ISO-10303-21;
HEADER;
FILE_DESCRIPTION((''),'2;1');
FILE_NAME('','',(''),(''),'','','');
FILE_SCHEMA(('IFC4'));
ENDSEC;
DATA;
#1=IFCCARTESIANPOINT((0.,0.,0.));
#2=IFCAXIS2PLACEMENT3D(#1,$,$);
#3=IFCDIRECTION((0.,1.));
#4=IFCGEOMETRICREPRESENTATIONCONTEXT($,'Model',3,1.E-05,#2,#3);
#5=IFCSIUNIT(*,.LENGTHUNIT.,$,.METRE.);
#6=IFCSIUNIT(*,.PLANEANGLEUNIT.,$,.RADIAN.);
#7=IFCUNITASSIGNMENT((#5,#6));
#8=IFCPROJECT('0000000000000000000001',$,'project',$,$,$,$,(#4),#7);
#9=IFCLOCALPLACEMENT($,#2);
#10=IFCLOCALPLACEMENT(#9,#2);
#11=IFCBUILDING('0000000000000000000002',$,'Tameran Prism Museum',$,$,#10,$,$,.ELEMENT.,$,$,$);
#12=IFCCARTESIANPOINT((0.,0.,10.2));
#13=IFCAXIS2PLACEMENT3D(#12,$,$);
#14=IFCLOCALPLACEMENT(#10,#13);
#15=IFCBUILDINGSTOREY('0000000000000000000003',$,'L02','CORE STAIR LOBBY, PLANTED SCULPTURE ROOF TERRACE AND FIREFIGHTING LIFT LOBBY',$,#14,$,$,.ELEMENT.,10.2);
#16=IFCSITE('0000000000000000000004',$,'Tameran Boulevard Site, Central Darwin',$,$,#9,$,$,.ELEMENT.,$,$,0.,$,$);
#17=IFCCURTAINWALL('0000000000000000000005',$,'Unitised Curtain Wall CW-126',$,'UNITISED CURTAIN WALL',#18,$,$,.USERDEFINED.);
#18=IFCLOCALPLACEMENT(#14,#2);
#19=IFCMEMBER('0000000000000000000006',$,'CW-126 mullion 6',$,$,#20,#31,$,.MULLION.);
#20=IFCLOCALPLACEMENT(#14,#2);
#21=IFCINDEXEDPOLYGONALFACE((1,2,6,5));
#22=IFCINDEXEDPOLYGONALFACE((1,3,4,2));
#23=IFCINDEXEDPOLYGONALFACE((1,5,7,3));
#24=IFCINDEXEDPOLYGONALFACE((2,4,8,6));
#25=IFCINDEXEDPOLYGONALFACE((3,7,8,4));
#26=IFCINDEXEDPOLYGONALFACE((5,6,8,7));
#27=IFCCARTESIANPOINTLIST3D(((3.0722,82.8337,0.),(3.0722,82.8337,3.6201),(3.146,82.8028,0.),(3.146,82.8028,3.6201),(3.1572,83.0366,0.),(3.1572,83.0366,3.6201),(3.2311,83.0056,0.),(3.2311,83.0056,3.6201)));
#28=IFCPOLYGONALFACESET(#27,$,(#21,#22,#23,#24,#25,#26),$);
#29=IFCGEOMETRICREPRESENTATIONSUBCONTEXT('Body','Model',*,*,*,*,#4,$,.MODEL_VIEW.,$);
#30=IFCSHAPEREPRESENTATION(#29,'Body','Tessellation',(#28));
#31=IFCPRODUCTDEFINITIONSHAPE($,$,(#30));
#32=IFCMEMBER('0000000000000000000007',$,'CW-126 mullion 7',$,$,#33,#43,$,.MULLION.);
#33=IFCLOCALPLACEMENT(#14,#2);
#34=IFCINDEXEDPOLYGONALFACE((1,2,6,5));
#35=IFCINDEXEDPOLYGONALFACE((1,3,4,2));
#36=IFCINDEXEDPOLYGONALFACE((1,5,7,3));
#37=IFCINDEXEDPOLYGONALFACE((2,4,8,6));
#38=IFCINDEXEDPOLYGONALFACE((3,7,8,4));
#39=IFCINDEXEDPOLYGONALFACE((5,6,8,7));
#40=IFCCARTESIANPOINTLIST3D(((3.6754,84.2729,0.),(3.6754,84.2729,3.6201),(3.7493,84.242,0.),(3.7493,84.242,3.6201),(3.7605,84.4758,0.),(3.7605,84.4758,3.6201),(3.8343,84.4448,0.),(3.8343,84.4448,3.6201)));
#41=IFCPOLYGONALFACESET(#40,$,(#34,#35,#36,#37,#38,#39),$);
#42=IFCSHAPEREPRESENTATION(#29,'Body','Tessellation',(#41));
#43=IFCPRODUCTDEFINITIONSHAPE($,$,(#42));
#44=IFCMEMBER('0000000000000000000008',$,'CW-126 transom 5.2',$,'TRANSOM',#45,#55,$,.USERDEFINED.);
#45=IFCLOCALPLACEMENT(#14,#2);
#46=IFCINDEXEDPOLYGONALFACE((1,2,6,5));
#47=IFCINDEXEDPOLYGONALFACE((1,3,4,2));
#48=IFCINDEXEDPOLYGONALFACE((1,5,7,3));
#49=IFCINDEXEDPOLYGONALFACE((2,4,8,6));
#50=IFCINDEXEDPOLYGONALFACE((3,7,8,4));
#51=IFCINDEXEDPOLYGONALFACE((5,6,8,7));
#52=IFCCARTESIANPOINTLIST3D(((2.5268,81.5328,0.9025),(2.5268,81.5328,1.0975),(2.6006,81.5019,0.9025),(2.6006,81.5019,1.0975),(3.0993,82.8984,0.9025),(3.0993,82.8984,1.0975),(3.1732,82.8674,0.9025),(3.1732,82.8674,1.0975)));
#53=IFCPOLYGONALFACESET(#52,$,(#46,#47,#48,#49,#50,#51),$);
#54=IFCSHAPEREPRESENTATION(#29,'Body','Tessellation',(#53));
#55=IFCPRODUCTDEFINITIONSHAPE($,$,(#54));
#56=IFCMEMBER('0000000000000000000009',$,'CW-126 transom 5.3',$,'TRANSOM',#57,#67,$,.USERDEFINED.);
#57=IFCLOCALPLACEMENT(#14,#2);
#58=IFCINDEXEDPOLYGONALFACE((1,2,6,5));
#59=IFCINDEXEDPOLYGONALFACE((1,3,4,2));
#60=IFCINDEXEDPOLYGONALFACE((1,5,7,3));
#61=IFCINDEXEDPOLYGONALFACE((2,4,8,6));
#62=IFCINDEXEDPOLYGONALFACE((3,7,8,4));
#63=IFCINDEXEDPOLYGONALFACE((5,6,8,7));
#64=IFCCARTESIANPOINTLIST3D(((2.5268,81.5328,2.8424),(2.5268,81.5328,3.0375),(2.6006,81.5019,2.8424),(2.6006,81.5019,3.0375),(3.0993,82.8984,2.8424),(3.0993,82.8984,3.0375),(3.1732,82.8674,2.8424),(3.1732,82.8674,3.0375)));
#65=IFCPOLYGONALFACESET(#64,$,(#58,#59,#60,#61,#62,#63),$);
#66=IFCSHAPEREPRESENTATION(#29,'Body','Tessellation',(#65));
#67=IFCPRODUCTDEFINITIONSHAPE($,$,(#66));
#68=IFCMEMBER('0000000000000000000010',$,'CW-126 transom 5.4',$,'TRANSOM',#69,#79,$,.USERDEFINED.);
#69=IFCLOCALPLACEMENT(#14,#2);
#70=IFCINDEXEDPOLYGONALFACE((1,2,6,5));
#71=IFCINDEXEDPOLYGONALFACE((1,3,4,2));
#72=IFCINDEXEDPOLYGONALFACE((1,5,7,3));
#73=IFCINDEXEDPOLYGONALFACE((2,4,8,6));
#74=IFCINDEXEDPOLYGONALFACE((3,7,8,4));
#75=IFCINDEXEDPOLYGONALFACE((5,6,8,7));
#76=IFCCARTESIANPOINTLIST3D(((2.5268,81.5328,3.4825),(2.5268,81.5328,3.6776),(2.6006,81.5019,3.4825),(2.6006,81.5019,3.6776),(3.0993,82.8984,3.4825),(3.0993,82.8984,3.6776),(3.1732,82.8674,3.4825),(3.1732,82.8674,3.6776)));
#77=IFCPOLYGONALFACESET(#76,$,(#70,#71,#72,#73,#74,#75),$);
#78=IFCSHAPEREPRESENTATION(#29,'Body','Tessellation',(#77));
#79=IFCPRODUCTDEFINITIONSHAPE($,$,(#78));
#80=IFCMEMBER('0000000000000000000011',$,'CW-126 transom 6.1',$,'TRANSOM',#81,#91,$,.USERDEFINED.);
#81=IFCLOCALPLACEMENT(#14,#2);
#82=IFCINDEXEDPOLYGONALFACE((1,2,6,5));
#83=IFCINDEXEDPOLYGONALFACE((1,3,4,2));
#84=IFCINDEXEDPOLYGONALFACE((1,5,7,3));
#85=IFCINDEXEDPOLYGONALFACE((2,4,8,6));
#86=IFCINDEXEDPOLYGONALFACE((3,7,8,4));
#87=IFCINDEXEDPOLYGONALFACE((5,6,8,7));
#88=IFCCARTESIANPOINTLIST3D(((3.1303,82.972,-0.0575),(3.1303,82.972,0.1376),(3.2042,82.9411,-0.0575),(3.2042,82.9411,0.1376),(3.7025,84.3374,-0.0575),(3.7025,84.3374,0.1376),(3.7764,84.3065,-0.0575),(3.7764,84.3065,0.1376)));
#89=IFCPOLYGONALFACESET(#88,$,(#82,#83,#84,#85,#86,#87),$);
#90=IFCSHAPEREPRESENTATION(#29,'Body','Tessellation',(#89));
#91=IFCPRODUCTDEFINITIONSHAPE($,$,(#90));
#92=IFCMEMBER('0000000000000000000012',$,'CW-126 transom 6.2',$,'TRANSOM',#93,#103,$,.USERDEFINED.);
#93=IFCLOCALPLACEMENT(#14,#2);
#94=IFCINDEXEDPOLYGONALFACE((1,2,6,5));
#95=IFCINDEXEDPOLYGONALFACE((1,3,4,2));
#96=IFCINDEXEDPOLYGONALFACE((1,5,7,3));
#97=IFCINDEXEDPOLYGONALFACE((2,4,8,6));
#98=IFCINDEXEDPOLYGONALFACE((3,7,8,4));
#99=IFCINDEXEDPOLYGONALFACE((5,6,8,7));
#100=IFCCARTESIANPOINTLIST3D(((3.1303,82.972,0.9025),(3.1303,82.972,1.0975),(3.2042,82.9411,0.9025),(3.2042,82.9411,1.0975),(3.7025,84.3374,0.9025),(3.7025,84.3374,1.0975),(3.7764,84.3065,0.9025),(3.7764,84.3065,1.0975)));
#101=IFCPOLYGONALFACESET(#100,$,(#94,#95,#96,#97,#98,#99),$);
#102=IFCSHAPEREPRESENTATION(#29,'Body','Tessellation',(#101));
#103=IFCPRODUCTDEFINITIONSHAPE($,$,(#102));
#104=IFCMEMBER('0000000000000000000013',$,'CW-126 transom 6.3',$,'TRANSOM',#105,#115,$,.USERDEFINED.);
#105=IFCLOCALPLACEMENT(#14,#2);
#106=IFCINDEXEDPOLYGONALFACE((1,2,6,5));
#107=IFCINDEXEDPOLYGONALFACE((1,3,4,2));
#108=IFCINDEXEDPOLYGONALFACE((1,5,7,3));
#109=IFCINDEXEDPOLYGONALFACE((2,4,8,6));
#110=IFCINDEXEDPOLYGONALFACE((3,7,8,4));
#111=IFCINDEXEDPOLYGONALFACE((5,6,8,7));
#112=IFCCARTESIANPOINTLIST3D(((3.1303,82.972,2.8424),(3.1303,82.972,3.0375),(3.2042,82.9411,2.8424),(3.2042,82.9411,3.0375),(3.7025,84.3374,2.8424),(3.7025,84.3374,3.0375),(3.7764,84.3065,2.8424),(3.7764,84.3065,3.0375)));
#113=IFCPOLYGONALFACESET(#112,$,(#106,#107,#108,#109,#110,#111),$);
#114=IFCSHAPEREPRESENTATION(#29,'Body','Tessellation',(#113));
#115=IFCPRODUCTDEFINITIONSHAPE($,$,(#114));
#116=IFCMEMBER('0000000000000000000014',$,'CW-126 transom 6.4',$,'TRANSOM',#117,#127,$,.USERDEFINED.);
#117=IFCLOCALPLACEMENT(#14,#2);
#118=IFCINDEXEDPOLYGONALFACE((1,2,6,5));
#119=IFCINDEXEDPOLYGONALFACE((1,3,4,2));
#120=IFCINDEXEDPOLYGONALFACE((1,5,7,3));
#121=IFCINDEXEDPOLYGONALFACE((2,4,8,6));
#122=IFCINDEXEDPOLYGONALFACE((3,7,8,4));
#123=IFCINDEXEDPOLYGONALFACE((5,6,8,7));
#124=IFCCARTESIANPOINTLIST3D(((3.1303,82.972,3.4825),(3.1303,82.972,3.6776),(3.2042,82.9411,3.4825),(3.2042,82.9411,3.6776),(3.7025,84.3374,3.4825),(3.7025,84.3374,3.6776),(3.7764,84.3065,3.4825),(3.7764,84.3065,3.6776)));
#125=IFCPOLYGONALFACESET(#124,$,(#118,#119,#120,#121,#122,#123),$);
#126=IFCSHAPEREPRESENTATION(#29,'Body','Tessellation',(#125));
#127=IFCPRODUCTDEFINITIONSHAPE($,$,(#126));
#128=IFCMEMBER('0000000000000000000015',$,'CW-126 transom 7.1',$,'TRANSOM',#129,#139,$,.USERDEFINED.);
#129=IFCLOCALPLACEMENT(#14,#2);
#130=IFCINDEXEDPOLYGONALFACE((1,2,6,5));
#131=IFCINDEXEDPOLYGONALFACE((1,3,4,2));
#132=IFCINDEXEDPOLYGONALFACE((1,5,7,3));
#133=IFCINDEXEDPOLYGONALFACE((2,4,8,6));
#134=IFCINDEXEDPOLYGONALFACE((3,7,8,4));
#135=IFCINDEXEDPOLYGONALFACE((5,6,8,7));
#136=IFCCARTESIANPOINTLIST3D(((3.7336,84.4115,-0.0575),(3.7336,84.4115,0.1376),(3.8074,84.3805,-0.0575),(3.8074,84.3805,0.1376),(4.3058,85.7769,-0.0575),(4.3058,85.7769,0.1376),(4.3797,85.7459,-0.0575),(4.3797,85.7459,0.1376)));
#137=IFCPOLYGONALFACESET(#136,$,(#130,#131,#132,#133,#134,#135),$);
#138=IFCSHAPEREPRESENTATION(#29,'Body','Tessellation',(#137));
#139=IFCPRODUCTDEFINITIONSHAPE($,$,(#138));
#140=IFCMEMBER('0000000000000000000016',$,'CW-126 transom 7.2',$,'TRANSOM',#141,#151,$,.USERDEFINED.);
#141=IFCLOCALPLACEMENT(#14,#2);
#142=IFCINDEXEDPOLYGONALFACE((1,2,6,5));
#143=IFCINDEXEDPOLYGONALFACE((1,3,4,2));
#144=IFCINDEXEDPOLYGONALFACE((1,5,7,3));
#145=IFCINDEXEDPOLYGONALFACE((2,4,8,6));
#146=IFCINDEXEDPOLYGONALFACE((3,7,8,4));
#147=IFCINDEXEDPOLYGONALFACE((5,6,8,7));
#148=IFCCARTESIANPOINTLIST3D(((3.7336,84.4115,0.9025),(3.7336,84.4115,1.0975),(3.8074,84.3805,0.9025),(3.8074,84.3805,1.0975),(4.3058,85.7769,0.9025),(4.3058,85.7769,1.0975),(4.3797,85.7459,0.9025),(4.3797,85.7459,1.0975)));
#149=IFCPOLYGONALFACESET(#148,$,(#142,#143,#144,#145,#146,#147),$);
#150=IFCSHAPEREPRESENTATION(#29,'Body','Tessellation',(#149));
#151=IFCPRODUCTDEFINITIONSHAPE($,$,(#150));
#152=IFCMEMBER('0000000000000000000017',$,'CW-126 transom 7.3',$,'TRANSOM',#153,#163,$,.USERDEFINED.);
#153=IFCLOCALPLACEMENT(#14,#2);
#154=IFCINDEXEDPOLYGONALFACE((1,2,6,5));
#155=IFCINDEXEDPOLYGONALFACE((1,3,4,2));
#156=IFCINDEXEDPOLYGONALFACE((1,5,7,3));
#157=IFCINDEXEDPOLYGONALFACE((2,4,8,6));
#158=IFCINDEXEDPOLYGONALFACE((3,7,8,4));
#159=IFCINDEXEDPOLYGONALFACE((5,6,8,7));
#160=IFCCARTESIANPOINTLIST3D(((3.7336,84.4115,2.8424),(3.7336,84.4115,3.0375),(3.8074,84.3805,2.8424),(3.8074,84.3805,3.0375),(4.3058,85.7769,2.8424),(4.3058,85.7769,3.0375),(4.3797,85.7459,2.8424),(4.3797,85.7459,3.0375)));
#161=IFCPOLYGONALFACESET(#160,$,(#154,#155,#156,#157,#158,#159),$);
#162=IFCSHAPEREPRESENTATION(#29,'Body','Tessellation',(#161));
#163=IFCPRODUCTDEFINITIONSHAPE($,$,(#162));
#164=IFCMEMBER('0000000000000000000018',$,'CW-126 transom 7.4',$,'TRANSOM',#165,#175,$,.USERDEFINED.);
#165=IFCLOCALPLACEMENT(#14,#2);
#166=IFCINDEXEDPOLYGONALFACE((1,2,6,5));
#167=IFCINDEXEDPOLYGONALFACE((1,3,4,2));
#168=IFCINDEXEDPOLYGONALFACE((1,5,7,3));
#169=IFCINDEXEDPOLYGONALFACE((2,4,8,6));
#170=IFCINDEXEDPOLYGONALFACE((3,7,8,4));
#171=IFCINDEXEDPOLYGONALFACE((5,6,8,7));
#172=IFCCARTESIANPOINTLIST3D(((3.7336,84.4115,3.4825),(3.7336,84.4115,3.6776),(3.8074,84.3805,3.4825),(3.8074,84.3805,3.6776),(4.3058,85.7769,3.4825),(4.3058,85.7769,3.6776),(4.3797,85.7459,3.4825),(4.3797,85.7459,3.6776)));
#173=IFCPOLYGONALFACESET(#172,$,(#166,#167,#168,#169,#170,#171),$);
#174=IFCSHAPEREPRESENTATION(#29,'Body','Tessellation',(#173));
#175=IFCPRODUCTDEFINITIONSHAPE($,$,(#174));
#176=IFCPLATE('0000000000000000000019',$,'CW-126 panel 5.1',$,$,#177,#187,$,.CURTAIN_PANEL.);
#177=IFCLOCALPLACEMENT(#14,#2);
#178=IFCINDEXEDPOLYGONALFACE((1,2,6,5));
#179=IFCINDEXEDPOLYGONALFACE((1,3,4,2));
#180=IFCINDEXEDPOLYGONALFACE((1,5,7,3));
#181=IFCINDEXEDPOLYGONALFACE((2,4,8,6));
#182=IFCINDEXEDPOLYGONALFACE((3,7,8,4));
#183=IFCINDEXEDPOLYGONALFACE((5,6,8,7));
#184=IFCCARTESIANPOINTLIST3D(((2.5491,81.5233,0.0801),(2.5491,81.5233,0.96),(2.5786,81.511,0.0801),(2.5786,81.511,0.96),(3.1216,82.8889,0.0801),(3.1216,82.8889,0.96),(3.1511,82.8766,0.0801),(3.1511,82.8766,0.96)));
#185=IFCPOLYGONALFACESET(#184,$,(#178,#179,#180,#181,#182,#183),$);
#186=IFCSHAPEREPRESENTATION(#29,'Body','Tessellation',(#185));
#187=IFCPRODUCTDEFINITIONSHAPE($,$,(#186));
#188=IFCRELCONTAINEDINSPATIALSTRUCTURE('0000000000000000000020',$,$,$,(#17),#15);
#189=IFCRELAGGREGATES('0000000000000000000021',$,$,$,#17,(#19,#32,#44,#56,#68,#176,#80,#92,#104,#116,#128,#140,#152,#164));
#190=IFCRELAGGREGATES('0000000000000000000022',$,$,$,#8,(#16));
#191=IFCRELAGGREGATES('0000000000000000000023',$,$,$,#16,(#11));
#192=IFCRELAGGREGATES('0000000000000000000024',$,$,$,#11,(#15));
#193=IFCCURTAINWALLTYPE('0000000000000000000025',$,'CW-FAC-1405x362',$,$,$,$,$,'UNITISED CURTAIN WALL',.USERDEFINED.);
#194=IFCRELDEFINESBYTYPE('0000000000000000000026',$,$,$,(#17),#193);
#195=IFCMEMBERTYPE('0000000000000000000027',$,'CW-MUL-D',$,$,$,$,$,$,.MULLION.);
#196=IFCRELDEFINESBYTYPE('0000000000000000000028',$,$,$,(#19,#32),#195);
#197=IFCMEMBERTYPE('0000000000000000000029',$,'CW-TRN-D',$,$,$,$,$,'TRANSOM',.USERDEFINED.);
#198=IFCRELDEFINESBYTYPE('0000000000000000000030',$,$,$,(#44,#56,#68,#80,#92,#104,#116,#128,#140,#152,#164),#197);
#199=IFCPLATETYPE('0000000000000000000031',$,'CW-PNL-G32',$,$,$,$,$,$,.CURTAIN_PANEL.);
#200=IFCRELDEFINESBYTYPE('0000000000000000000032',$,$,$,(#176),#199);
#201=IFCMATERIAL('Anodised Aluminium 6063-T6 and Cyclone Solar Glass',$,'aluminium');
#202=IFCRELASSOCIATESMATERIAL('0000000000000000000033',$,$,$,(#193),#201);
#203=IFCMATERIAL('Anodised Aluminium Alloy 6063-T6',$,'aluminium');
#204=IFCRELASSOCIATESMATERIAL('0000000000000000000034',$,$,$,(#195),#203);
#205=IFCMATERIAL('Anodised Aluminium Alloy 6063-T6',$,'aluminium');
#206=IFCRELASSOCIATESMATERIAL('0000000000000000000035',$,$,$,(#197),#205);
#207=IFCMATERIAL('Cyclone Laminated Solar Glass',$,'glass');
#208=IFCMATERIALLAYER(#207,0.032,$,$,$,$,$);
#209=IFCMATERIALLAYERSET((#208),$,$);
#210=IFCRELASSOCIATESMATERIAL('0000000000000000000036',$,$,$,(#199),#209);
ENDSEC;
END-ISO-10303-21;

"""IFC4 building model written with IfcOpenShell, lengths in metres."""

from ifc_helpers import new_model, si_unit, direction, frame, origin, origin_2d, place, context, subcontext, project, spatial, rectangle, extrude, material, layer, layer_set, material_profile, profile_set, type_object, element, aggregate, save


model = new_model("IFC4")

# Units and contexts
model_context = context("Model", 3, precision=1e-05, world=origin(), true_north=direction((0.0, 1.0)))
body_context = subcontext(model_context, "Body", "Model", "MODEL_VIEW")
ifc_project = project(units=[si_unit("LENGTHUNIT", "METRE"), si_unit("PLANEANGLEUNIT", "RADIAN")], contexts=[model_context])

# Site, building, storey
site_placement = place(None, origin())
site = spatial("IfcSite", under=ifc_project, at=site_placement, Name="Tameran Boulevard Site, Central Darwin", CompositionType="ELEMENT", RefElevation=0.0)
building_placement = place(site_placement, origin())
building = spatial("IfcBuilding", under=site, at=building_placement, Name="Tameran Prism Museum", CompositionType="ELEMENT")
storey_placement = place(building_placement, frame((0.0, 0.0, 10.2)))
storey = spatial("IfcBuildingStorey", under=building, at=storey_placement, Name="L02", Description="CORE STAIR LOBBY, PLANTED SCULPTURE ROOF TERRACE AND FIREFIGHTING LIFT LOBBY", CompositionType="ELEMENT", Elevation=10.2)

# Curtain wall, members, plate
ifc_material_1 = material(Name="Anodised Aluminium 6063-T6 and Cyclone Solar Glass", Category="aluminium")
curtain_wall_type = type_object("IfcCurtainWallType", Name="CW-FAC-1405x362", ElementType="UNITISED CURTAIN WALL", PredefinedType="USERDEFINED", material=ifc_material_1)
curtain_wall_placement = place(storey_placement, origin())
curtain_wall = element("IfcCurtainWall", 1, at=curtain_wall_placement, inside=storey, type_object=curtain_wall_type, Name="Unitised Curtain Wall CW-126", ObjectType="UNITISED CURTAIN WALL", PredefinedType="USERDEFINED")
ifc_material_2 = material(Name="Anodised Aluminium Alloy 6063-T6", Category="aluminium")
ifc_material_profile_1 = material_profile(ifc_material_2, rectangle(XDim=0.0801, YDim=0.22, at=origin_2d()))
ifc_profile_set_1 = profile_set([ifc_material_profile_1])
member_type_1 = type_object("IfcMemberType", Name="CW-MUL-D", PredefinedType="MULLION", material=ifc_profile_set_1)
member_1_placement = place(storey_placement, frame((3.1516, 82.9197, 0.0), z_axis=(0.0, 0.0, 1.0), x_axis=(-0.922253, 0.386586, 0.0)))
member_1 = element("IfcMember", 2, at=member_1_placement, type_object=member_type_1, Name="CW-126 mullion 6", PredefinedType="MULLION", context=body_context, shape_type="SweptSolid", body=[
    extrude(rectangle(XDim=0.0801, YDim=0.22, at=origin_2d()), origin(), (0.0, 0.0, 1.0), 3.6201),
])
member_2_placement = place(storey_placement, frame((3.7549, 84.3589, 0.0), z_axis=(0.0, 0.0, 1.0), x_axis=(-0.922253, 0.386586, 0.0)))
member_2 = element("IfcMember", 3, at=member_2_placement, type_object=member_type_1, Name="CW-126 mullion 7", PredefinedType="MULLION", context=body_context, shape_type="SweptSolid", body=[
    extrude(rectangle(XDim=0.0801, YDim=0.22, at=origin_2d()), origin(), (0.0, 0.0, 1.0), 3.6201),
])
ifc_material_3 = material(Name="Anodised Aluminium Alloy 6063-T6", Category="aluminium")
ifc_material_profile_2 = material_profile(ifc_material_3, rectangle(XDim=0.0801, YDim=0.1951, at=origin_2d()))
ifc_profile_set_2 = profile_set([ifc_material_profile_2])
member_type_2 = type_object("IfcMemberType", Name="CW-TRN-D", ElementType="TRANSOM", PredefinedType="USERDEFINED", material=ifc_profile_set_2)
member_3_placement = place(storey_placement, frame((2.5637, 81.5173, 1.0), z_axis=(0.386663, 0.922221, 0.0), x_axis=(-0.922221, 0.386663, 0.0)))
member_3 = element("IfcMember", 4, at=member_3_placement, type_object=member_type_2, Name="CW-126 transom 5.2", ObjectType="TRANSOM", PredefinedType="USERDEFINED", context=body_context, shape_type="SweptSolid", body=[
    extrude(rectangle(XDim=0.0801, YDim=0.1951, at=origin_2d()), origin(), (0.0, 0.0, 1.0), 1.4807),
])
member_4_placement = place(storey_placement, frame((2.5637, 81.5173, 2.9399), z_axis=(0.386663, 0.922221, 0.0), x_axis=(-0.922221, 0.386663, 0.0)))
member_4 = element("IfcMember", 5, at=member_4_placement, type_object=member_type_2, Name="CW-126 transom 5.3", ObjectType="TRANSOM", PredefinedType="USERDEFINED", context=body_context, shape_type="SweptSolid", body=[
    extrude(rectangle(XDim=0.0801, YDim=0.1951, at=origin_2d()), origin(), (0.0, 0.0, 1.0), 1.4807),
])
member_5_placement = place(storey_placement, frame((2.5637, 81.5173, 3.5801), z_axis=(0.386663, 0.922221, 0.0), x_axis=(-0.922221, 0.386663, 0.0)))
member_5 = element("IfcMember", 6, at=member_5_placement, type_object=member_type_2, Name="CW-126 transom 5.4", ObjectType="TRANSOM", PredefinedType="USERDEFINED", context=body_context, shape_type="SweptSolid", body=[
    extrude(rectangle(XDim=0.0801, YDim=0.1951, at=origin_2d()), origin(), (0.0, 0.0, 1.0), 1.4807),
])
member_6_placement = place(storey_placement, frame((3.1672, 82.9565, 0.04), z_axis=(0.386523, 0.92228, 0.0), x_axis=(-0.92228, 0.386523, 0.0)))
member_6 = element("IfcMember", 7, at=member_6_placement, type_object=member_type_2, Name="CW-126 transom 6.1", ObjectType="TRANSOM", PredefinedType="USERDEFINED", context=body_context, shape_type="SweptSolid", body=[
    extrude(rectangle(XDim=0.0801, YDim=0.1951, at=origin_2d()), origin(), (0.0, 0.0, 1.0), 1.4805),
])
member_7_placement = place(storey_placement, frame((3.1672, 82.9565, 1.0), z_axis=(0.386523, 0.92228, 0.0), x_axis=(-0.92228, 0.386523, 0.0)))
member_7 = element("IfcMember", 8, at=member_7_placement, type_object=member_type_2, Name="CW-126 transom 6.2", ObjectType="TRANSOM", PredefinedType="USERDEFINED", context=body_context, shape_type="SweptSolid", body=[
    extrude(rectangle(XDim=0.0801, YDim=0.1951, at=origin_2d()), origin(), (0.0, 0.0, 1.0), 1.4805),
])
member_8_placement = place(storey_placement, frame((3.1672, 82.9565, 2.9399), z_axis=(0.386523, 0.92228, 0.0), x_axis=(-0.92228, 0.386523, 0.0)))
member_8 = element("IfcMember", 9, at=member_8_placement, type_object=member_type_2, Name="CW-126 transom 6.3", ObjectType="TRANSOM", PredefinedType="USERDEFINED", context=body_context, shape_type="SweptSolid", body=[
    extrude(rectangle(XDim=0.0801, YDim=0.1951, at=origin_2d()), origin(), (0.0, 0.0, 1.0), 1.4805),
])
member_9_placement = place(storey_placement, frame((3.1672, 82.9565, 3.5801), z_axis=(0.386523, 0.92228, 0.0), x_axis=(-0.92228, 0.386523, 0.0)))
member_9 = element("IfcMember", 10, at=member_9_placement, type_object=member_type_2, Name="CW-126 transom 6.4", ObjectType="TRANSOM", PredefinedType="USERDEFINED", context=body_context, shape_type="SweptSolid", body=[
    extrude(rectangle(XDim=0.0801, YDim=0.1951, at=origin_2d()), origin(), (0.0, 0.0, 1.0), 1.4805),
])
member_10_placement = place(storey_placement, frame((3.7705, 84.396, 0.04), z_axis=(0.386523, 0.92228, 0.0), x_axis=(-0.92228, 0.386523, 0.0)))
member_10 = element("IfcMember", 11, at=member_10_placement, type_object=member_type_2, Name="CW-126 transom 7.1", ObjectType="TRANSOM", PredefinedType="USERDEFINED", context=body_context, shape_type="SweptSolid", body=[
    extrude(rectangle(XDim=0.0801, YDim=0.1951, at=origin_2d()), origin(), (0.0, 0.0, 1.0), 1.4805),
])
member_11_placement = place(storey_placement, frame((3.7705, 84.396, 1.0), z_axis=(0.386523, 0.92228, 0.0), x_axis=(-0.92228, 0.386523, 0.0)))
member_11 = element("IfcMember", 12, at=member_11_placement, type_object=member_type_2, Name="CW-126 transom 7.2", ObjectType="TRANSOM", PredefinedType="USERDEFINED", context=body_context, shape_type="SweptSolid", body=[
    extrude(rectangle(XDim=0.0801, YDim=0.1951, at=origin_2d()), origin(), (0.0, 0.0, 1.0), 1.4805),
])
member_12_placement = place(storey_placement, frame((3.7705, 84.396, 2.9399), z_axis=(0.386523, 0.92228, 0.0), x_axis=(-0.92228, 0.386523, 0.0)))
member_12 = element("IfcMember", 13, at=member_12_placement, type_object=member_type_2, Name="CW-126 transom 7.3", ObjectType="TRANSOM", PredefinedType="USERDEFINED", context=body_context, shape_type="SweptSolid", body=[
    extrude(rectangle(XDim=0.0801, YDim=0.1951, at=origin_2d()), origin(), (0.0, 0.0, 1.0), 1.4805),
])
member_13_placement = place(storey_placement, frame((3.7705, 84.396, 3.5801), z_axis=(0.386523, 0.92228, 0.0), x_axis=(-0.92228, 0.386523, 0.0)))
member_13 = element("IfcMember", 14, at=member_13_placement, type_object=member_type_2, Name="CW-126 transom 7.4", ObjectType="TRANSOM", PredefinedType="USERDEFINED", context=body_context, shape_type="SweptSolid", body=[
    extrude(rectangle(XDim=0.0801, YDim=0.1951, at=origin_2d()), origin(), (0.0, 0.0, 1.0), 1.4805),
])
ifc_material_4 = material(Name="Cyclone Laminated Solar Glass", Category="glass")
ifc_layer = layer(ifc_material_4, 0.032)
ifc_layer_set = layer_set([ifc_layer])
plate_type = type_object("IfcPlateType", Name="CW-PNL-G32", PredefinedType="CURTAIN_PANEL", material=ifc_layer_set)
plate_1_placement = place(storey_placement, frame((2.8501, 82.2, 0.0801), z_axis=(0.0, 0.0, 1.0), x_axis=(0.386586, 0.922253, 0.0)))
plate_1 = element("IfcPlate", 15, at=plate_1_placement, type_object=plate_type, Name="CW-126 panel 5.1", PredefinedType="CURTAIN_PANEL", context=body_context, shape_type="SweptSolid", body=[
    extrude(rectangle(XDim=1.4807, YDim=0.032, at=origin_2d()), origin(), (0.0, 0.0, 1.0), 0.8799),
])
aggregate(curtain_wall, [member_1, member_2, member_3, member_4, member_5, plate_1, member_6, member_7, member_8, member_9, member_10, member_11, member_12, member_13])

save(model, "model.ifc")
